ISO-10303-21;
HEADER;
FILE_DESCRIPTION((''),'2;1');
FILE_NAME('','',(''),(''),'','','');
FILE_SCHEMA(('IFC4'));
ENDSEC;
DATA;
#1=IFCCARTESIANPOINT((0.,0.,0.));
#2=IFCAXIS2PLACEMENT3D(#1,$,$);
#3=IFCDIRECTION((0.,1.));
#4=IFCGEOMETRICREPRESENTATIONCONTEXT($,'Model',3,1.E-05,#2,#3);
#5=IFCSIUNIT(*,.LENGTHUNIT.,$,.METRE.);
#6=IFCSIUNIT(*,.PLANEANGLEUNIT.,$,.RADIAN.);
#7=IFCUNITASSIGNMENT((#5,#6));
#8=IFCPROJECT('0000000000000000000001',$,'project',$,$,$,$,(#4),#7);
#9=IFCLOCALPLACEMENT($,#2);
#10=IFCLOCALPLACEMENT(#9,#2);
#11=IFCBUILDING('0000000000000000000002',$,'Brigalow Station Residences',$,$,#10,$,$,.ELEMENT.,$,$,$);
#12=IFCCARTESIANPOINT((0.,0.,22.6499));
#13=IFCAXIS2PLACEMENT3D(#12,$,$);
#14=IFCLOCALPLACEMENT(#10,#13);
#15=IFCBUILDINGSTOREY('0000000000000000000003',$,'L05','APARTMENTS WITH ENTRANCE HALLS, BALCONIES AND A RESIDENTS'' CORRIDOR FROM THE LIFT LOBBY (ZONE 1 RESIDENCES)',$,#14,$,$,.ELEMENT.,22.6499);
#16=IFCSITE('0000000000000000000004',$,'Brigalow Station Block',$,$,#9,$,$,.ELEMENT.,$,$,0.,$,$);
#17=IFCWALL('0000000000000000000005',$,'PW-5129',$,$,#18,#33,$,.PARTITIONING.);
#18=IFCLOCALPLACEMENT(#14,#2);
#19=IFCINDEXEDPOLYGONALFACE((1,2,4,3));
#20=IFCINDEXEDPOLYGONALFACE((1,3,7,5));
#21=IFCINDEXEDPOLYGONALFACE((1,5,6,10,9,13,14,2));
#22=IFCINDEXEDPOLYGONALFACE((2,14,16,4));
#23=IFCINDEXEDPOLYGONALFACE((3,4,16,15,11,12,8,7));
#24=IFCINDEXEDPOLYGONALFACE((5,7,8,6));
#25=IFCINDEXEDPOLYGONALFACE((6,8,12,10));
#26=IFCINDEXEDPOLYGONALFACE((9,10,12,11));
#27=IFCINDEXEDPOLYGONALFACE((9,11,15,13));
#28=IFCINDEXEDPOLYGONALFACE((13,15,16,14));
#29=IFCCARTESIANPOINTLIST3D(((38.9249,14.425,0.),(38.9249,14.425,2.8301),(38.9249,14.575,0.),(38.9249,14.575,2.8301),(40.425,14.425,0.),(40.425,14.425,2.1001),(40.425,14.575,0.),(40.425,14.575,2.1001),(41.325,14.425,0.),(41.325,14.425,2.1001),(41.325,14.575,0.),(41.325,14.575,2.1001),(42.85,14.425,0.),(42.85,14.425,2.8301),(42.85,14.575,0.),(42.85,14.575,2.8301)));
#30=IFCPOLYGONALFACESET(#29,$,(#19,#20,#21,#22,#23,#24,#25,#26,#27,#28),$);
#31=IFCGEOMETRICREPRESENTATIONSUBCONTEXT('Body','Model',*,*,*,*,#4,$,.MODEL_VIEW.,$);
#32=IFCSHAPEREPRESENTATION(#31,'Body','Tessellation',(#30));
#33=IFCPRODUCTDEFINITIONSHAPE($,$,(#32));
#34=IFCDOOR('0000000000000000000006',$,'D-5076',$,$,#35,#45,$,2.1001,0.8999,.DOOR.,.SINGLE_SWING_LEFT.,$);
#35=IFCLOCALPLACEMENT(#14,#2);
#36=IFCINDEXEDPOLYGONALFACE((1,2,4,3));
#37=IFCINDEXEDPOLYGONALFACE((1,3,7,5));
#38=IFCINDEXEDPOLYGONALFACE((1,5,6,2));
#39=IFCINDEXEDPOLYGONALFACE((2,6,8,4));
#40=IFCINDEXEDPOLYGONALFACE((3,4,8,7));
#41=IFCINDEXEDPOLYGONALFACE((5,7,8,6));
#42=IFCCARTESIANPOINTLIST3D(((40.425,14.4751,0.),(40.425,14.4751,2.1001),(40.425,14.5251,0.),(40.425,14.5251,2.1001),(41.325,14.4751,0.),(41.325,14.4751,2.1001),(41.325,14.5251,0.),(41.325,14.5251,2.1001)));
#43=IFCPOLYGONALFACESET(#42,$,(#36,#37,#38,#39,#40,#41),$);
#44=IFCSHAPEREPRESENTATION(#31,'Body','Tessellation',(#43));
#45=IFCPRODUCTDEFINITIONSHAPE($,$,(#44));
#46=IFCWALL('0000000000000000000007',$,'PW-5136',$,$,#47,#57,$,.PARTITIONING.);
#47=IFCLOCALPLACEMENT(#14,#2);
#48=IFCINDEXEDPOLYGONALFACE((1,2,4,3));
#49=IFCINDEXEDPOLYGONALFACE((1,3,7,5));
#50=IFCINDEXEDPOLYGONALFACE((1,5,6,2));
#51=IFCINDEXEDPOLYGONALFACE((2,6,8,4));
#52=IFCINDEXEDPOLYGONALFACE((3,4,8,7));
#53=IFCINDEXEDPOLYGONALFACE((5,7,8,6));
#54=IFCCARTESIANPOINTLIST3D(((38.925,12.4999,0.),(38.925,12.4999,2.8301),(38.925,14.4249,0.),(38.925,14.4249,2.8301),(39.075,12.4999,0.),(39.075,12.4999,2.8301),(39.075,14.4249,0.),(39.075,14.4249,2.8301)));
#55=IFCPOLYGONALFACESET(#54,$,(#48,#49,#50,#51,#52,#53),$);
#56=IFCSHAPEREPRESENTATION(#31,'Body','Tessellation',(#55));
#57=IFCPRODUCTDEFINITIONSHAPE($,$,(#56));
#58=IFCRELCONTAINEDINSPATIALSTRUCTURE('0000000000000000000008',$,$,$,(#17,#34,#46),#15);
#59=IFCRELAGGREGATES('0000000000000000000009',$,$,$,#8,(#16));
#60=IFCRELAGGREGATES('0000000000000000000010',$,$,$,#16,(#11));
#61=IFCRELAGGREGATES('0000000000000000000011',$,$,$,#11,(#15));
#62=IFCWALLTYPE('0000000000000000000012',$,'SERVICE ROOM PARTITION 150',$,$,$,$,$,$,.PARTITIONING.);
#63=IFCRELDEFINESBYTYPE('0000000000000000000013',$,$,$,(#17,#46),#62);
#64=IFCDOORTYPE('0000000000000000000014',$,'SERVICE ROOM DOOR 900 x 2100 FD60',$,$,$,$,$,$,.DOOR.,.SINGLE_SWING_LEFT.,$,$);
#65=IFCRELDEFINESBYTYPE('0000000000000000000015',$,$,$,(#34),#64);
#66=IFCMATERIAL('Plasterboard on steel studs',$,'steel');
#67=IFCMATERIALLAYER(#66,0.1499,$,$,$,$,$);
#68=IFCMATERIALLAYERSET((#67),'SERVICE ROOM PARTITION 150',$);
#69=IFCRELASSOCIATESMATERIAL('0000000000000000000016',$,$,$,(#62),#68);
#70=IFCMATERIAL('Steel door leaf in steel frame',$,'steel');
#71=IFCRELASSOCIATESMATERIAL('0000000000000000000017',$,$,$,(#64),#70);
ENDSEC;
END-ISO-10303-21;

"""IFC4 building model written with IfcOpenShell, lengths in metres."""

from ifc_helpers import new_model, si_unit, direction, frame, frame_2d, origin, place, context, subcontext, project, spatial, rectangle, extrude, material, layer, layer_set, type_object, element, fill, save


model = new_model("IFC4")

# Units and contexts
model_context = context("Model", 3, precision=1e-05, world=origin(), true_north=direction((0.0, 1.0)))
body_context = subcontext(model_context, "Body", "Model", "MODEL_VIEW")
ifc_project = project(units=[si_unit("LENGTHUNIT", "METRE"), si_unit("PLANEANGLEUNIT", "RADIAN")], contexts=[model_context])

# Site, building, storey
site_placement = place(None, origin())
site = spatial("IfcSite", under=ifc_project, at=site_placement, Name="Brigalow Station Block", CompositionType="ELEMENT", RefElevation=0.0)
building_placement = place(site_placement, origin())
building = spatial("IfcBuilding", under=site, at=building_placement, Name="Brigalow Station Residences", CompositionType="ELEMENT")
storey_placement = place(building_placement, frame((0.0, 0.0, 22.6499)))
storey = spatial("IfcBuildingStorey", under=building, at=storey_placement, Name="L05", Description="APARTMENTS WITH ENTRANCE HALLS, BALCONIES AND A RESIDENTS' CORRIDOR FROM THE LIFT LOBBY (ZONE 1 RESIDENCES)", CompositionType="ELEMENT", Elevation=22.6499)

# Wall, opening, door
ifc_material_1 = material(Name="Plasterboard on steel studs", Category="steel")
ifc_layer_1 = layer(ifc_material_1, 0.1499)
ifc_layer_set_1 = layer_set([ifc_layer_1], Name="SERVICE ROOM PARTITION 150")
wall_type_1 = type_object("IfcWallType", Name="SERVICE ROOM PARTITION 150", PredefinedType="PARTITIONING", material=ifc_layer_set_1)
wall_1_placement = place(storey_placement, frame((38.925, 14.5, 0.0), z_axis=(0.0, 0.0, 1.0), x_axis=(1.0, 0.0, 0.0)))
wall_1 = element("IfcWall", 1, at=wall_1_placement, inside=storey, type_object=wall_type_1, Name="PW-5129", PredefinedType="PARTITIONING", context=body_context, shape_type="SweptSolid", body=[
    extrude(rectangle(XDim=3.925, YDim=0.1499, at=frame_2d((1.9624, 0.0))), origin(), (0.0, 0.0, 1.0), 2.8301),
])
opening_1_placement = place(wall_1_placement, frame((1.5, 0.0, 0.0)))
opening_1 = element("IfcOpeningElement", 2, at=opening_1_placement, cuts=wall_1, PredefinedType="OPENING", context=body_context, shape_type="SweptSolid", body=[
    extrude(rectangle(XDim=0.8999, YDim=2.1001, at=frame_2d((0.45, 1.05))), frame((0.0, 0.085, 0.0), z_axis=(0.0, -1.0, 0.0), x_axis=(1.0, 0.0, 0.0)), (0.0, 0.0, 1.0), 0.1699),
])
ifc_material_2 = material(Name="Steel door leaf in steel frame", Category="steel")
door_type_1 = type_object("IfcDoorType", Name="SERVICE ROOM DOOR 900 x 2100 FD60", OperationType="SINGLE_SWING_LEFT", PredefinedType="DOOR", material=ifc_material_2)
door_1_placement = place(opening_1_placement, frame((0.8999, 0.0, 0.0), z_axis=(0.0, 0.0, 1.0), x_axis=(-1.0, 0.0, 0.0)))
door_1 = element("IfcDoor", 3, at=door_1_placement, inside=storey, type_object=door_type_1, Name="D-5076", OperationType="SINGLE_SWING_LEFT", OverallHeight=2.1001, OverallWidth=0.8999, PredefinedType="DOOR", context=body_context, shape_type="SweptSolid", body=[
    extrude(rectangle(XDim=0.8999, YDim=2.1001, at=frame_2d((0.45, 1.05))), frame((0.0, 0.0249, 0.0), z_axis=(0.0, -1.0, 0.0), x_axis=(1.0, 0.0, 0.0)), (0.0, 0.0, 1.0), 0.05),
])
fill(opening_1, door_1)

# Wall
wall_2_placement = place(storey_placement, frame((39.0, 12.5, 0.0), z_axis=(0.0, 0.0, 1.0), x_axis=(0.0, 1.0, 0.0)))
element("IfcWall", 4, at=wall_2_placement, inside=storey, type_object=wall_type_1, Name="PW-5136", PredefinedType="PARTITIONING", context=body_context, shape_type="SweptSolid", body=[
    extrude(rectangle(XDim=1.925, YDim=0.1499, at=frame_2d((0.9624, 0.0))), origin(), (0.0, 0.0, 1.0), 2.8301),
])

save(model, "model.ifc")
